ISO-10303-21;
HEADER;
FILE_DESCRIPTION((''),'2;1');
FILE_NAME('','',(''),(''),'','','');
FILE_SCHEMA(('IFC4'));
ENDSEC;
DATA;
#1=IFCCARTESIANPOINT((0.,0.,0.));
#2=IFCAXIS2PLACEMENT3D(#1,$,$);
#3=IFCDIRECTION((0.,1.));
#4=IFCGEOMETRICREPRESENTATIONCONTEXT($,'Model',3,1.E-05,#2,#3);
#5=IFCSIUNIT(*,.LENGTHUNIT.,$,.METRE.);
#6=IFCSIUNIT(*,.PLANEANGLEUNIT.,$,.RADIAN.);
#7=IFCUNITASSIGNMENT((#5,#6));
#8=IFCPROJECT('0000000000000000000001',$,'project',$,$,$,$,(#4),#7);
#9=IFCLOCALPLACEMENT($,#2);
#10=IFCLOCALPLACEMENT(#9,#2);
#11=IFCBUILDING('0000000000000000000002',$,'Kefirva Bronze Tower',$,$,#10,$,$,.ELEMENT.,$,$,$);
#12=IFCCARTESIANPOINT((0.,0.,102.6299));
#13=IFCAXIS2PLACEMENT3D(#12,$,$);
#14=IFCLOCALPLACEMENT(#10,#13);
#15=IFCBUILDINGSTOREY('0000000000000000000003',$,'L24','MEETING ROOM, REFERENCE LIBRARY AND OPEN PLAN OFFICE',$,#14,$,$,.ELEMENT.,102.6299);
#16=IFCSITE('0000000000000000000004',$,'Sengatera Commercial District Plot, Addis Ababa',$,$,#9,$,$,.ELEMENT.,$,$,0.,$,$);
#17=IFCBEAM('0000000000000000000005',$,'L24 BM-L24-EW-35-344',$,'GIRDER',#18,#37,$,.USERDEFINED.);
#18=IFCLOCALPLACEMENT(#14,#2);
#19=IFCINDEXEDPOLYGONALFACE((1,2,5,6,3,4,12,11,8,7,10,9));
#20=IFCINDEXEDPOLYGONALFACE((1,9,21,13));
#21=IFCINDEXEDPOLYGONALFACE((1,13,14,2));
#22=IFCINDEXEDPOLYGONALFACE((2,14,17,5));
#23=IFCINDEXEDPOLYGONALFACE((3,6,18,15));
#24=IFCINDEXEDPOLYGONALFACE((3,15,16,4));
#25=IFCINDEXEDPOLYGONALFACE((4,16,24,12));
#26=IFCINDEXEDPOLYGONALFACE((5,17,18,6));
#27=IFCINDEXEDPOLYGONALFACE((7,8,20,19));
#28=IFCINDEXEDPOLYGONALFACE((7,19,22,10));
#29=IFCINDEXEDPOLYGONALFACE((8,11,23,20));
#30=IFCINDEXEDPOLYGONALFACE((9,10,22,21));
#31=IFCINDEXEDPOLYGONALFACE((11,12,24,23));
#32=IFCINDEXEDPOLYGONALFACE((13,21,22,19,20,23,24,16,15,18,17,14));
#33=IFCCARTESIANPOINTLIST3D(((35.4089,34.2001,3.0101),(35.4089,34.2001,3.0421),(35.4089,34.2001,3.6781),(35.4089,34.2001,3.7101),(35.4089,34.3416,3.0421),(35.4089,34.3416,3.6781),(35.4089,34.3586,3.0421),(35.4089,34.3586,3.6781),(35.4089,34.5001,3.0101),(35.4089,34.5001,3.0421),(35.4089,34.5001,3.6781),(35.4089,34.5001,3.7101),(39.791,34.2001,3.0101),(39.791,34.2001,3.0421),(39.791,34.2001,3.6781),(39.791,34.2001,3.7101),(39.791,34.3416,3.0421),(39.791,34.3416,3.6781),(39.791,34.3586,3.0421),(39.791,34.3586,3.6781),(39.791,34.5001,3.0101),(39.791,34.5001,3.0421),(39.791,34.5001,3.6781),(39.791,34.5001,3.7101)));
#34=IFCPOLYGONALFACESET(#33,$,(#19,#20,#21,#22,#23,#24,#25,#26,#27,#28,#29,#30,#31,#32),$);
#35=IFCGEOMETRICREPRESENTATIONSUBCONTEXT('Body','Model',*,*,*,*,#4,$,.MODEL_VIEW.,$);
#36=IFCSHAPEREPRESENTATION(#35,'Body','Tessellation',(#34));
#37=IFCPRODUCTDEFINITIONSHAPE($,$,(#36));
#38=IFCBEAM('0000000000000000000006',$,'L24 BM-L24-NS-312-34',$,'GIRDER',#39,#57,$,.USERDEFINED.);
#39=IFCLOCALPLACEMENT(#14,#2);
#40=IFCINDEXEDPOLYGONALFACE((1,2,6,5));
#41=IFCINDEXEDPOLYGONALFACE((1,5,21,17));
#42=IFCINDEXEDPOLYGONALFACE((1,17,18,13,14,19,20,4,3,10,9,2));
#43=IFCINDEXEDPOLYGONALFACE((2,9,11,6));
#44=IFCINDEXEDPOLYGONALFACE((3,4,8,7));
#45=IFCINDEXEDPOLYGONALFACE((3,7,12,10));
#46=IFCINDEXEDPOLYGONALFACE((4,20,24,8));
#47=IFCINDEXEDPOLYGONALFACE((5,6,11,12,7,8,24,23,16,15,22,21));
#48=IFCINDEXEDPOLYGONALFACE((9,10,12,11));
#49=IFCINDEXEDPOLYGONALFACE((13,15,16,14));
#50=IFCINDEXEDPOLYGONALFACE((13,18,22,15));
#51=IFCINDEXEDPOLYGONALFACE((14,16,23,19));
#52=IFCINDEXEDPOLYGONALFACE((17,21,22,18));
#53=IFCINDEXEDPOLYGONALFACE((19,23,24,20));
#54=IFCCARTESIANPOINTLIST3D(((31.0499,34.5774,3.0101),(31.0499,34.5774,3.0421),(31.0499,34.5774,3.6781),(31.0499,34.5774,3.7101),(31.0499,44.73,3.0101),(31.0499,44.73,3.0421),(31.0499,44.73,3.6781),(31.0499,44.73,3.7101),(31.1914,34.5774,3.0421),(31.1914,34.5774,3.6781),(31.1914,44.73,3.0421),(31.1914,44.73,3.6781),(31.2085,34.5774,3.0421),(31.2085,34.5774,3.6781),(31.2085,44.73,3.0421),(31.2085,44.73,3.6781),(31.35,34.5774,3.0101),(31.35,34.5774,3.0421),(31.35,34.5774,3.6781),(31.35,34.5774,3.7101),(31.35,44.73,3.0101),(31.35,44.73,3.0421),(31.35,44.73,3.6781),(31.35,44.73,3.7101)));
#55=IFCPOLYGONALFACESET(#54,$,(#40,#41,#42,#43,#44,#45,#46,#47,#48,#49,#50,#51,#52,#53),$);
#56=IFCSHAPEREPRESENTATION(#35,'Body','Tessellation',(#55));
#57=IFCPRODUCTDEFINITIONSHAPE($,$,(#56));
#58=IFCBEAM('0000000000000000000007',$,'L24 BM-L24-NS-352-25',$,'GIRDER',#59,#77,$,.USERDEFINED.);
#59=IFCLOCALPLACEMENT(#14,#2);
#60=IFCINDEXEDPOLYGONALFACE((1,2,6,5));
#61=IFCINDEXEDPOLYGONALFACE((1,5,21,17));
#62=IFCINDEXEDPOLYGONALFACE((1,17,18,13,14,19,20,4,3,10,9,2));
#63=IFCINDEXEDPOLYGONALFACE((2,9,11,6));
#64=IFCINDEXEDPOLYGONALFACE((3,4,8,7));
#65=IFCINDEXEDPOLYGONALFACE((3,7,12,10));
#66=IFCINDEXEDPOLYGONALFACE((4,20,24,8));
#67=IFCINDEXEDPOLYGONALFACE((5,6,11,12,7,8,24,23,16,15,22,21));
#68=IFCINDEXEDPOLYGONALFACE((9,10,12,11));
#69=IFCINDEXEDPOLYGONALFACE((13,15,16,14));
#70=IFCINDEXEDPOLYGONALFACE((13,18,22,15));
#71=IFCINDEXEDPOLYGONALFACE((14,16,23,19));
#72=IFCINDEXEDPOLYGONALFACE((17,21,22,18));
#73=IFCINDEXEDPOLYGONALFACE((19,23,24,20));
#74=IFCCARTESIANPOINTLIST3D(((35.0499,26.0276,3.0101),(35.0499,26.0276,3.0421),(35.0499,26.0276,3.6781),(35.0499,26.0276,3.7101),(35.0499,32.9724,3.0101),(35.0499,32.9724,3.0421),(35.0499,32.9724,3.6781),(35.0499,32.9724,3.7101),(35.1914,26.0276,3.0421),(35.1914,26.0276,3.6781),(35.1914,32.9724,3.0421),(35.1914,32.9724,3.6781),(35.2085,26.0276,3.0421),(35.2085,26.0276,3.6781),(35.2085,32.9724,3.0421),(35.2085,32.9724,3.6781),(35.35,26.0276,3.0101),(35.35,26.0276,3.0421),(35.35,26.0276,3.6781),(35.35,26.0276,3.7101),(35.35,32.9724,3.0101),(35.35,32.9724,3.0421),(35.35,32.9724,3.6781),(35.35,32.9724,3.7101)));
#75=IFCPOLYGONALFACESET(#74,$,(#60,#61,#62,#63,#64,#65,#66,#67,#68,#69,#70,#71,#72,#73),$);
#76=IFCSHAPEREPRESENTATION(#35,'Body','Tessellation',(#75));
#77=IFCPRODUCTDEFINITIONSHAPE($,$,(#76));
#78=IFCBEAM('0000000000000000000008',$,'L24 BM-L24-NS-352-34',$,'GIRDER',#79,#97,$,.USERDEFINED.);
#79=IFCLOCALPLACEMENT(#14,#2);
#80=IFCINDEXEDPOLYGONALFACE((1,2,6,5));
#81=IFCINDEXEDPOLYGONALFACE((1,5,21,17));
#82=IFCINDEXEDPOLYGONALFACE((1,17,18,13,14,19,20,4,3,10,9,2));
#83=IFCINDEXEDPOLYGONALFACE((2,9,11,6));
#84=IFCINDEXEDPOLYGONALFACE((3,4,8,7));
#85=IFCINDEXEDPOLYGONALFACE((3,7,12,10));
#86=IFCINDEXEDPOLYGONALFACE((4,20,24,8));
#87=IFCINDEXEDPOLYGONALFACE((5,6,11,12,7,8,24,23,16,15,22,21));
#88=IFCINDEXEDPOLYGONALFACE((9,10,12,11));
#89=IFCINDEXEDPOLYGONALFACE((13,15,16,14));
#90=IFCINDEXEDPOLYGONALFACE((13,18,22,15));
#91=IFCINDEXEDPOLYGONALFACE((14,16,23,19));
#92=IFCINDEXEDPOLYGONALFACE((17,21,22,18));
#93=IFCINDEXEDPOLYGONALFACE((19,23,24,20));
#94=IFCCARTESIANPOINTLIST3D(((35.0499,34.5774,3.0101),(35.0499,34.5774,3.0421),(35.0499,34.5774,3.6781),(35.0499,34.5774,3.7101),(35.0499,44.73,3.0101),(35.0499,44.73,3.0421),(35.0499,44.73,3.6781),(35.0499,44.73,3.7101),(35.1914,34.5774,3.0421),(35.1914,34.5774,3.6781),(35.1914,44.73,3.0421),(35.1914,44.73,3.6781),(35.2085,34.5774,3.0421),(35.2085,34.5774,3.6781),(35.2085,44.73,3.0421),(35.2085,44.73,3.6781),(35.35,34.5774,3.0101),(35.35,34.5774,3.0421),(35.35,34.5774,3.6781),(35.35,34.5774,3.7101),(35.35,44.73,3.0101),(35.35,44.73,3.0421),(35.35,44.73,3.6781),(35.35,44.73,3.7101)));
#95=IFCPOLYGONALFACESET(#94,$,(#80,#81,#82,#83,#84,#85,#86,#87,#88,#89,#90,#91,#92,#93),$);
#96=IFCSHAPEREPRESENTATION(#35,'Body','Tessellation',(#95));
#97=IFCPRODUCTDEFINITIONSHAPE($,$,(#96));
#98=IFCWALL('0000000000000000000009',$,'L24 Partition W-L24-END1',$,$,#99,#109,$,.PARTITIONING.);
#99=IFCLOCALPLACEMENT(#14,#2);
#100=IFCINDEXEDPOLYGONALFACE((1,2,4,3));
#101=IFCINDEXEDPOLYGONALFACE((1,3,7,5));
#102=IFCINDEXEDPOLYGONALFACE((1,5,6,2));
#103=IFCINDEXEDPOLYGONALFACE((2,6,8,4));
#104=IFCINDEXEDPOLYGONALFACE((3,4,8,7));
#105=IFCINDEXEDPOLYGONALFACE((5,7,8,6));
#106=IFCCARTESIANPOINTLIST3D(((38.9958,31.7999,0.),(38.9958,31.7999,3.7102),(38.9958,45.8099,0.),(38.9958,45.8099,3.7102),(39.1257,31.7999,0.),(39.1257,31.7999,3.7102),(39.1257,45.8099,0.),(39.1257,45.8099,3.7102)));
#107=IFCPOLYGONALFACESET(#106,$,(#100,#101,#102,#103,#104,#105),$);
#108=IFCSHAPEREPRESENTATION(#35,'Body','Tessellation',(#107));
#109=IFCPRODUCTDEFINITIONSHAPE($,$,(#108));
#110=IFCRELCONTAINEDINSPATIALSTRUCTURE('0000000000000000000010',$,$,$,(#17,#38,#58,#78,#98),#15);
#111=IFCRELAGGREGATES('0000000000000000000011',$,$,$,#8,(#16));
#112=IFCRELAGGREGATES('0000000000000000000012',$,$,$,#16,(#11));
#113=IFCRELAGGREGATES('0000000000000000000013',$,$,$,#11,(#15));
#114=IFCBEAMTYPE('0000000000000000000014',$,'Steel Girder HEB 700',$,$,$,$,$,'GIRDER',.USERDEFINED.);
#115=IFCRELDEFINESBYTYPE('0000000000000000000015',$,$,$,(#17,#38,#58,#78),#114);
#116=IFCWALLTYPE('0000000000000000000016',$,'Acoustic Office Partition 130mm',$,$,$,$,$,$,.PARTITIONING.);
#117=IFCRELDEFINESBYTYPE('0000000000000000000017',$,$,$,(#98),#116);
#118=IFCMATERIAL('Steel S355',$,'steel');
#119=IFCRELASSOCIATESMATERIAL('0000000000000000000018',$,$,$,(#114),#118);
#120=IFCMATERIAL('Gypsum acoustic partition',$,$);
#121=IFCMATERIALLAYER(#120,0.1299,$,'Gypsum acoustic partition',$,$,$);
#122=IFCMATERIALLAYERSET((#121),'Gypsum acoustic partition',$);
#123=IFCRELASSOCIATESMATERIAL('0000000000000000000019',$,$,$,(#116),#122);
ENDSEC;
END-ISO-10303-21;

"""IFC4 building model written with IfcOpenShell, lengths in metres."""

from ifc_helpers import new_model, si_unit, direction, frame, frame_2d, origin, origin_2d, place, context, subcontext, project, spatial, rectangle, i_section, extrude, material, layer, layer_set, material_profile, profile_set, type_object, element, save


model = new_model("IFC4")

# Units and contexts
model_context = context("Model", 3, precision=1e-05, world=origin(), true_north=direction((0.0, 1.0)))
body_context = subcontext(model_context, "Body", "Model", "MODEL_VIEW")
ifc_project = project(units=[si_unit("LENGTHUNIT", "METRE"), si_unit("PLANEANGLEUNIT", "RADIAN")], contexts=[model_context])

# Site, building, storey
site_placement = place(None, origin())
site = spatial("IfcSite", under=ifc_project, at=site_placement, Name="Sengatera Commercial District Plot, Addis Ababa", CompositionType="ELEMENT", RefElevation=0.0)
building_placement = place(site_placement, origin())
building = spatial("IfcBuilding", under=site, at=building_placement, Name="Kefirva Bronze Tower", CompositionType="ELEMENT")
storey_placement = place(building_placement, frame((0.0, 0.0, 102.6299)))
storey = spatial("IfcBuildingStorey", under=building, at=storey_placement, Name="L24", Description="MEETING ROOM, REFERENCE LIBRARY AND OPEN PLAN OFFICE", CompositionType="ELEMENT", Elevation=102.6299)

# Beams
ifc_material_1 = material(Name="Steel S355", Category="steel")
ifc_material_profile_1 = material_profile(ifc_material_1, i_section(OverallWidth=0.3, OverallDepth=0.7, WebThickness=0.0171, FlangeThickness=0.032, at=origin_2d()), Name="HEB 700")
ifc_profile_set_1 = profile_set([ifc_material_profile_1], Name="Steel S355")
beam_type_1 = type_object("IfcBeamType", Name="Steel Girder HEB 700", ElementType="GIRDER", PredefinedType="USERDEFINED", material=ifc_profile_set_1)
beam_1_placement = place(storey_placement, frame((35.4089, 34.3501, 3.3601), z_axis=(1.0, 0.0, 0.0), x_axis=(0.0, 1.0, 0.0)))
element("IfcBeam", 1, at=beam_1_placement, inside=storey, type_object=beam_type_1, Name="L24 BM-L24-EW-35-344", ObjectType="GIRDER", PredefinedType="USERDEFINED", context=body_context, shape_type="SweptSolid", body=[
    extrude(i_section(OverallWidth=0.3, OverallDepth=0.7, WebThickness=0.0171, FlangeThickness=0.032, at=origin_2d()), origin(), (0.0, 0.0, 1.0), 4.3821),
])
beam_2_placement = place(storey_placement, frame((31.2, 34.5774, 3.3601), z_axis=(0.0, 1.0, 0.0), x_axis=(-1.0, 0.0, 0.0)))
element("IfcBeam", 2, at=beam_2_placement, inside=storey, type_object=beam_type_1, Name="L24 BM-L24-NS-312-34", ObjectType="GIRDER", PredefinedType="USERDEFINED", context=body_context, shape_type="SweptSolid", body=[
    extrude(i_section(OverallWidth=0.3, OverallDepth=0.7, WebThickness=0.0171, FlangeThickness=0.032, at=origin_2d()), origin(), (0.0, 0.0, 1.0), 10.1526),
])
beam_3_placement = place(storey_placement, frame((35.2, 26.0276, 3.3601), z_axis=(0.0, 1.0, 0.0), x_axis=(-1.0, 0.0, 0.0)))
element("IfcBeam", 3, at=beam_3_placement, inside=storey, type_object=beam_type_1, Name="L24 BM-L24-NS-352-25", ObjectType="GIRDER", PredefinedType="USERDEFINED", context=body_context, shape_type="SweptSolid", body=[
    extrude(i_section(OverallWidth=0.3, OverallDepth=0.7, WebThickness=0.0171, FlangeThickness=0.032, at=origin_2d()), origin(), (0.0, 0.0, 1.0), 6.9448),
])
beam_4_placement = place(storey_placement, frame((35.2, 34.5774, 3.3601), z_axis=(0.0, 1.0, 0.0), x_axis=(-1.0, 0.0, 0.0)))
element("IfcBeam", 4, at=beam_4_placement, inside=storey, type_object=beam_type_1, Name="L24 BM-L24-NS-352-34", ObjectType="GIRDER", PredefinedType="USERDEFINED", context=body_context, shape_type="SweptSolid", body=[
    extrude(i_section(OverallWidth=0.3, OverallDepth=0.7, WebThickness=0.0171, FlangeThickness=0.032, at=origin_2d()), origin(), (0.0, 0.0, 1.0), 10.1526),
])

# Wall
ifc_material_2 = material(Name="Gypsum acoustic partition")
ifc_layer = layer(ifc_material_2, 0.1299, Name="Gypsum acoustic partition")
ifc_layer_set = layer_set([ifc_layer], Name="Gypsum acoustic partition")
wall_type = type_object("IfcWallType", Name="Acoustic Office Partition 130mm", PredefinedType="PARTITIONING", material=ifc_layer_set)
wall_placement = place(storey_placement, frame((39.0608, 31.8, 0.0), z_axis=(0.0, 0.0, 1.0), x_axis=(0.0, 1.0, 0.0)))
element("IfcWall", 5, at=wall_placement, inside=storey, type_object=wall_type, Name="L24 Partition W-L24-END1", PredefinedType="PARTITIONING", context=body_context, shape_type="SweptSolid", body=[
    extrude(rectangle(XDim=14.01, YDim=0.1299, at=frame_2d((7.0049, 0.0))), origin(), (0.0, 0.0, 1.0), 3.7102),
])

save(model, "model.ifc")
